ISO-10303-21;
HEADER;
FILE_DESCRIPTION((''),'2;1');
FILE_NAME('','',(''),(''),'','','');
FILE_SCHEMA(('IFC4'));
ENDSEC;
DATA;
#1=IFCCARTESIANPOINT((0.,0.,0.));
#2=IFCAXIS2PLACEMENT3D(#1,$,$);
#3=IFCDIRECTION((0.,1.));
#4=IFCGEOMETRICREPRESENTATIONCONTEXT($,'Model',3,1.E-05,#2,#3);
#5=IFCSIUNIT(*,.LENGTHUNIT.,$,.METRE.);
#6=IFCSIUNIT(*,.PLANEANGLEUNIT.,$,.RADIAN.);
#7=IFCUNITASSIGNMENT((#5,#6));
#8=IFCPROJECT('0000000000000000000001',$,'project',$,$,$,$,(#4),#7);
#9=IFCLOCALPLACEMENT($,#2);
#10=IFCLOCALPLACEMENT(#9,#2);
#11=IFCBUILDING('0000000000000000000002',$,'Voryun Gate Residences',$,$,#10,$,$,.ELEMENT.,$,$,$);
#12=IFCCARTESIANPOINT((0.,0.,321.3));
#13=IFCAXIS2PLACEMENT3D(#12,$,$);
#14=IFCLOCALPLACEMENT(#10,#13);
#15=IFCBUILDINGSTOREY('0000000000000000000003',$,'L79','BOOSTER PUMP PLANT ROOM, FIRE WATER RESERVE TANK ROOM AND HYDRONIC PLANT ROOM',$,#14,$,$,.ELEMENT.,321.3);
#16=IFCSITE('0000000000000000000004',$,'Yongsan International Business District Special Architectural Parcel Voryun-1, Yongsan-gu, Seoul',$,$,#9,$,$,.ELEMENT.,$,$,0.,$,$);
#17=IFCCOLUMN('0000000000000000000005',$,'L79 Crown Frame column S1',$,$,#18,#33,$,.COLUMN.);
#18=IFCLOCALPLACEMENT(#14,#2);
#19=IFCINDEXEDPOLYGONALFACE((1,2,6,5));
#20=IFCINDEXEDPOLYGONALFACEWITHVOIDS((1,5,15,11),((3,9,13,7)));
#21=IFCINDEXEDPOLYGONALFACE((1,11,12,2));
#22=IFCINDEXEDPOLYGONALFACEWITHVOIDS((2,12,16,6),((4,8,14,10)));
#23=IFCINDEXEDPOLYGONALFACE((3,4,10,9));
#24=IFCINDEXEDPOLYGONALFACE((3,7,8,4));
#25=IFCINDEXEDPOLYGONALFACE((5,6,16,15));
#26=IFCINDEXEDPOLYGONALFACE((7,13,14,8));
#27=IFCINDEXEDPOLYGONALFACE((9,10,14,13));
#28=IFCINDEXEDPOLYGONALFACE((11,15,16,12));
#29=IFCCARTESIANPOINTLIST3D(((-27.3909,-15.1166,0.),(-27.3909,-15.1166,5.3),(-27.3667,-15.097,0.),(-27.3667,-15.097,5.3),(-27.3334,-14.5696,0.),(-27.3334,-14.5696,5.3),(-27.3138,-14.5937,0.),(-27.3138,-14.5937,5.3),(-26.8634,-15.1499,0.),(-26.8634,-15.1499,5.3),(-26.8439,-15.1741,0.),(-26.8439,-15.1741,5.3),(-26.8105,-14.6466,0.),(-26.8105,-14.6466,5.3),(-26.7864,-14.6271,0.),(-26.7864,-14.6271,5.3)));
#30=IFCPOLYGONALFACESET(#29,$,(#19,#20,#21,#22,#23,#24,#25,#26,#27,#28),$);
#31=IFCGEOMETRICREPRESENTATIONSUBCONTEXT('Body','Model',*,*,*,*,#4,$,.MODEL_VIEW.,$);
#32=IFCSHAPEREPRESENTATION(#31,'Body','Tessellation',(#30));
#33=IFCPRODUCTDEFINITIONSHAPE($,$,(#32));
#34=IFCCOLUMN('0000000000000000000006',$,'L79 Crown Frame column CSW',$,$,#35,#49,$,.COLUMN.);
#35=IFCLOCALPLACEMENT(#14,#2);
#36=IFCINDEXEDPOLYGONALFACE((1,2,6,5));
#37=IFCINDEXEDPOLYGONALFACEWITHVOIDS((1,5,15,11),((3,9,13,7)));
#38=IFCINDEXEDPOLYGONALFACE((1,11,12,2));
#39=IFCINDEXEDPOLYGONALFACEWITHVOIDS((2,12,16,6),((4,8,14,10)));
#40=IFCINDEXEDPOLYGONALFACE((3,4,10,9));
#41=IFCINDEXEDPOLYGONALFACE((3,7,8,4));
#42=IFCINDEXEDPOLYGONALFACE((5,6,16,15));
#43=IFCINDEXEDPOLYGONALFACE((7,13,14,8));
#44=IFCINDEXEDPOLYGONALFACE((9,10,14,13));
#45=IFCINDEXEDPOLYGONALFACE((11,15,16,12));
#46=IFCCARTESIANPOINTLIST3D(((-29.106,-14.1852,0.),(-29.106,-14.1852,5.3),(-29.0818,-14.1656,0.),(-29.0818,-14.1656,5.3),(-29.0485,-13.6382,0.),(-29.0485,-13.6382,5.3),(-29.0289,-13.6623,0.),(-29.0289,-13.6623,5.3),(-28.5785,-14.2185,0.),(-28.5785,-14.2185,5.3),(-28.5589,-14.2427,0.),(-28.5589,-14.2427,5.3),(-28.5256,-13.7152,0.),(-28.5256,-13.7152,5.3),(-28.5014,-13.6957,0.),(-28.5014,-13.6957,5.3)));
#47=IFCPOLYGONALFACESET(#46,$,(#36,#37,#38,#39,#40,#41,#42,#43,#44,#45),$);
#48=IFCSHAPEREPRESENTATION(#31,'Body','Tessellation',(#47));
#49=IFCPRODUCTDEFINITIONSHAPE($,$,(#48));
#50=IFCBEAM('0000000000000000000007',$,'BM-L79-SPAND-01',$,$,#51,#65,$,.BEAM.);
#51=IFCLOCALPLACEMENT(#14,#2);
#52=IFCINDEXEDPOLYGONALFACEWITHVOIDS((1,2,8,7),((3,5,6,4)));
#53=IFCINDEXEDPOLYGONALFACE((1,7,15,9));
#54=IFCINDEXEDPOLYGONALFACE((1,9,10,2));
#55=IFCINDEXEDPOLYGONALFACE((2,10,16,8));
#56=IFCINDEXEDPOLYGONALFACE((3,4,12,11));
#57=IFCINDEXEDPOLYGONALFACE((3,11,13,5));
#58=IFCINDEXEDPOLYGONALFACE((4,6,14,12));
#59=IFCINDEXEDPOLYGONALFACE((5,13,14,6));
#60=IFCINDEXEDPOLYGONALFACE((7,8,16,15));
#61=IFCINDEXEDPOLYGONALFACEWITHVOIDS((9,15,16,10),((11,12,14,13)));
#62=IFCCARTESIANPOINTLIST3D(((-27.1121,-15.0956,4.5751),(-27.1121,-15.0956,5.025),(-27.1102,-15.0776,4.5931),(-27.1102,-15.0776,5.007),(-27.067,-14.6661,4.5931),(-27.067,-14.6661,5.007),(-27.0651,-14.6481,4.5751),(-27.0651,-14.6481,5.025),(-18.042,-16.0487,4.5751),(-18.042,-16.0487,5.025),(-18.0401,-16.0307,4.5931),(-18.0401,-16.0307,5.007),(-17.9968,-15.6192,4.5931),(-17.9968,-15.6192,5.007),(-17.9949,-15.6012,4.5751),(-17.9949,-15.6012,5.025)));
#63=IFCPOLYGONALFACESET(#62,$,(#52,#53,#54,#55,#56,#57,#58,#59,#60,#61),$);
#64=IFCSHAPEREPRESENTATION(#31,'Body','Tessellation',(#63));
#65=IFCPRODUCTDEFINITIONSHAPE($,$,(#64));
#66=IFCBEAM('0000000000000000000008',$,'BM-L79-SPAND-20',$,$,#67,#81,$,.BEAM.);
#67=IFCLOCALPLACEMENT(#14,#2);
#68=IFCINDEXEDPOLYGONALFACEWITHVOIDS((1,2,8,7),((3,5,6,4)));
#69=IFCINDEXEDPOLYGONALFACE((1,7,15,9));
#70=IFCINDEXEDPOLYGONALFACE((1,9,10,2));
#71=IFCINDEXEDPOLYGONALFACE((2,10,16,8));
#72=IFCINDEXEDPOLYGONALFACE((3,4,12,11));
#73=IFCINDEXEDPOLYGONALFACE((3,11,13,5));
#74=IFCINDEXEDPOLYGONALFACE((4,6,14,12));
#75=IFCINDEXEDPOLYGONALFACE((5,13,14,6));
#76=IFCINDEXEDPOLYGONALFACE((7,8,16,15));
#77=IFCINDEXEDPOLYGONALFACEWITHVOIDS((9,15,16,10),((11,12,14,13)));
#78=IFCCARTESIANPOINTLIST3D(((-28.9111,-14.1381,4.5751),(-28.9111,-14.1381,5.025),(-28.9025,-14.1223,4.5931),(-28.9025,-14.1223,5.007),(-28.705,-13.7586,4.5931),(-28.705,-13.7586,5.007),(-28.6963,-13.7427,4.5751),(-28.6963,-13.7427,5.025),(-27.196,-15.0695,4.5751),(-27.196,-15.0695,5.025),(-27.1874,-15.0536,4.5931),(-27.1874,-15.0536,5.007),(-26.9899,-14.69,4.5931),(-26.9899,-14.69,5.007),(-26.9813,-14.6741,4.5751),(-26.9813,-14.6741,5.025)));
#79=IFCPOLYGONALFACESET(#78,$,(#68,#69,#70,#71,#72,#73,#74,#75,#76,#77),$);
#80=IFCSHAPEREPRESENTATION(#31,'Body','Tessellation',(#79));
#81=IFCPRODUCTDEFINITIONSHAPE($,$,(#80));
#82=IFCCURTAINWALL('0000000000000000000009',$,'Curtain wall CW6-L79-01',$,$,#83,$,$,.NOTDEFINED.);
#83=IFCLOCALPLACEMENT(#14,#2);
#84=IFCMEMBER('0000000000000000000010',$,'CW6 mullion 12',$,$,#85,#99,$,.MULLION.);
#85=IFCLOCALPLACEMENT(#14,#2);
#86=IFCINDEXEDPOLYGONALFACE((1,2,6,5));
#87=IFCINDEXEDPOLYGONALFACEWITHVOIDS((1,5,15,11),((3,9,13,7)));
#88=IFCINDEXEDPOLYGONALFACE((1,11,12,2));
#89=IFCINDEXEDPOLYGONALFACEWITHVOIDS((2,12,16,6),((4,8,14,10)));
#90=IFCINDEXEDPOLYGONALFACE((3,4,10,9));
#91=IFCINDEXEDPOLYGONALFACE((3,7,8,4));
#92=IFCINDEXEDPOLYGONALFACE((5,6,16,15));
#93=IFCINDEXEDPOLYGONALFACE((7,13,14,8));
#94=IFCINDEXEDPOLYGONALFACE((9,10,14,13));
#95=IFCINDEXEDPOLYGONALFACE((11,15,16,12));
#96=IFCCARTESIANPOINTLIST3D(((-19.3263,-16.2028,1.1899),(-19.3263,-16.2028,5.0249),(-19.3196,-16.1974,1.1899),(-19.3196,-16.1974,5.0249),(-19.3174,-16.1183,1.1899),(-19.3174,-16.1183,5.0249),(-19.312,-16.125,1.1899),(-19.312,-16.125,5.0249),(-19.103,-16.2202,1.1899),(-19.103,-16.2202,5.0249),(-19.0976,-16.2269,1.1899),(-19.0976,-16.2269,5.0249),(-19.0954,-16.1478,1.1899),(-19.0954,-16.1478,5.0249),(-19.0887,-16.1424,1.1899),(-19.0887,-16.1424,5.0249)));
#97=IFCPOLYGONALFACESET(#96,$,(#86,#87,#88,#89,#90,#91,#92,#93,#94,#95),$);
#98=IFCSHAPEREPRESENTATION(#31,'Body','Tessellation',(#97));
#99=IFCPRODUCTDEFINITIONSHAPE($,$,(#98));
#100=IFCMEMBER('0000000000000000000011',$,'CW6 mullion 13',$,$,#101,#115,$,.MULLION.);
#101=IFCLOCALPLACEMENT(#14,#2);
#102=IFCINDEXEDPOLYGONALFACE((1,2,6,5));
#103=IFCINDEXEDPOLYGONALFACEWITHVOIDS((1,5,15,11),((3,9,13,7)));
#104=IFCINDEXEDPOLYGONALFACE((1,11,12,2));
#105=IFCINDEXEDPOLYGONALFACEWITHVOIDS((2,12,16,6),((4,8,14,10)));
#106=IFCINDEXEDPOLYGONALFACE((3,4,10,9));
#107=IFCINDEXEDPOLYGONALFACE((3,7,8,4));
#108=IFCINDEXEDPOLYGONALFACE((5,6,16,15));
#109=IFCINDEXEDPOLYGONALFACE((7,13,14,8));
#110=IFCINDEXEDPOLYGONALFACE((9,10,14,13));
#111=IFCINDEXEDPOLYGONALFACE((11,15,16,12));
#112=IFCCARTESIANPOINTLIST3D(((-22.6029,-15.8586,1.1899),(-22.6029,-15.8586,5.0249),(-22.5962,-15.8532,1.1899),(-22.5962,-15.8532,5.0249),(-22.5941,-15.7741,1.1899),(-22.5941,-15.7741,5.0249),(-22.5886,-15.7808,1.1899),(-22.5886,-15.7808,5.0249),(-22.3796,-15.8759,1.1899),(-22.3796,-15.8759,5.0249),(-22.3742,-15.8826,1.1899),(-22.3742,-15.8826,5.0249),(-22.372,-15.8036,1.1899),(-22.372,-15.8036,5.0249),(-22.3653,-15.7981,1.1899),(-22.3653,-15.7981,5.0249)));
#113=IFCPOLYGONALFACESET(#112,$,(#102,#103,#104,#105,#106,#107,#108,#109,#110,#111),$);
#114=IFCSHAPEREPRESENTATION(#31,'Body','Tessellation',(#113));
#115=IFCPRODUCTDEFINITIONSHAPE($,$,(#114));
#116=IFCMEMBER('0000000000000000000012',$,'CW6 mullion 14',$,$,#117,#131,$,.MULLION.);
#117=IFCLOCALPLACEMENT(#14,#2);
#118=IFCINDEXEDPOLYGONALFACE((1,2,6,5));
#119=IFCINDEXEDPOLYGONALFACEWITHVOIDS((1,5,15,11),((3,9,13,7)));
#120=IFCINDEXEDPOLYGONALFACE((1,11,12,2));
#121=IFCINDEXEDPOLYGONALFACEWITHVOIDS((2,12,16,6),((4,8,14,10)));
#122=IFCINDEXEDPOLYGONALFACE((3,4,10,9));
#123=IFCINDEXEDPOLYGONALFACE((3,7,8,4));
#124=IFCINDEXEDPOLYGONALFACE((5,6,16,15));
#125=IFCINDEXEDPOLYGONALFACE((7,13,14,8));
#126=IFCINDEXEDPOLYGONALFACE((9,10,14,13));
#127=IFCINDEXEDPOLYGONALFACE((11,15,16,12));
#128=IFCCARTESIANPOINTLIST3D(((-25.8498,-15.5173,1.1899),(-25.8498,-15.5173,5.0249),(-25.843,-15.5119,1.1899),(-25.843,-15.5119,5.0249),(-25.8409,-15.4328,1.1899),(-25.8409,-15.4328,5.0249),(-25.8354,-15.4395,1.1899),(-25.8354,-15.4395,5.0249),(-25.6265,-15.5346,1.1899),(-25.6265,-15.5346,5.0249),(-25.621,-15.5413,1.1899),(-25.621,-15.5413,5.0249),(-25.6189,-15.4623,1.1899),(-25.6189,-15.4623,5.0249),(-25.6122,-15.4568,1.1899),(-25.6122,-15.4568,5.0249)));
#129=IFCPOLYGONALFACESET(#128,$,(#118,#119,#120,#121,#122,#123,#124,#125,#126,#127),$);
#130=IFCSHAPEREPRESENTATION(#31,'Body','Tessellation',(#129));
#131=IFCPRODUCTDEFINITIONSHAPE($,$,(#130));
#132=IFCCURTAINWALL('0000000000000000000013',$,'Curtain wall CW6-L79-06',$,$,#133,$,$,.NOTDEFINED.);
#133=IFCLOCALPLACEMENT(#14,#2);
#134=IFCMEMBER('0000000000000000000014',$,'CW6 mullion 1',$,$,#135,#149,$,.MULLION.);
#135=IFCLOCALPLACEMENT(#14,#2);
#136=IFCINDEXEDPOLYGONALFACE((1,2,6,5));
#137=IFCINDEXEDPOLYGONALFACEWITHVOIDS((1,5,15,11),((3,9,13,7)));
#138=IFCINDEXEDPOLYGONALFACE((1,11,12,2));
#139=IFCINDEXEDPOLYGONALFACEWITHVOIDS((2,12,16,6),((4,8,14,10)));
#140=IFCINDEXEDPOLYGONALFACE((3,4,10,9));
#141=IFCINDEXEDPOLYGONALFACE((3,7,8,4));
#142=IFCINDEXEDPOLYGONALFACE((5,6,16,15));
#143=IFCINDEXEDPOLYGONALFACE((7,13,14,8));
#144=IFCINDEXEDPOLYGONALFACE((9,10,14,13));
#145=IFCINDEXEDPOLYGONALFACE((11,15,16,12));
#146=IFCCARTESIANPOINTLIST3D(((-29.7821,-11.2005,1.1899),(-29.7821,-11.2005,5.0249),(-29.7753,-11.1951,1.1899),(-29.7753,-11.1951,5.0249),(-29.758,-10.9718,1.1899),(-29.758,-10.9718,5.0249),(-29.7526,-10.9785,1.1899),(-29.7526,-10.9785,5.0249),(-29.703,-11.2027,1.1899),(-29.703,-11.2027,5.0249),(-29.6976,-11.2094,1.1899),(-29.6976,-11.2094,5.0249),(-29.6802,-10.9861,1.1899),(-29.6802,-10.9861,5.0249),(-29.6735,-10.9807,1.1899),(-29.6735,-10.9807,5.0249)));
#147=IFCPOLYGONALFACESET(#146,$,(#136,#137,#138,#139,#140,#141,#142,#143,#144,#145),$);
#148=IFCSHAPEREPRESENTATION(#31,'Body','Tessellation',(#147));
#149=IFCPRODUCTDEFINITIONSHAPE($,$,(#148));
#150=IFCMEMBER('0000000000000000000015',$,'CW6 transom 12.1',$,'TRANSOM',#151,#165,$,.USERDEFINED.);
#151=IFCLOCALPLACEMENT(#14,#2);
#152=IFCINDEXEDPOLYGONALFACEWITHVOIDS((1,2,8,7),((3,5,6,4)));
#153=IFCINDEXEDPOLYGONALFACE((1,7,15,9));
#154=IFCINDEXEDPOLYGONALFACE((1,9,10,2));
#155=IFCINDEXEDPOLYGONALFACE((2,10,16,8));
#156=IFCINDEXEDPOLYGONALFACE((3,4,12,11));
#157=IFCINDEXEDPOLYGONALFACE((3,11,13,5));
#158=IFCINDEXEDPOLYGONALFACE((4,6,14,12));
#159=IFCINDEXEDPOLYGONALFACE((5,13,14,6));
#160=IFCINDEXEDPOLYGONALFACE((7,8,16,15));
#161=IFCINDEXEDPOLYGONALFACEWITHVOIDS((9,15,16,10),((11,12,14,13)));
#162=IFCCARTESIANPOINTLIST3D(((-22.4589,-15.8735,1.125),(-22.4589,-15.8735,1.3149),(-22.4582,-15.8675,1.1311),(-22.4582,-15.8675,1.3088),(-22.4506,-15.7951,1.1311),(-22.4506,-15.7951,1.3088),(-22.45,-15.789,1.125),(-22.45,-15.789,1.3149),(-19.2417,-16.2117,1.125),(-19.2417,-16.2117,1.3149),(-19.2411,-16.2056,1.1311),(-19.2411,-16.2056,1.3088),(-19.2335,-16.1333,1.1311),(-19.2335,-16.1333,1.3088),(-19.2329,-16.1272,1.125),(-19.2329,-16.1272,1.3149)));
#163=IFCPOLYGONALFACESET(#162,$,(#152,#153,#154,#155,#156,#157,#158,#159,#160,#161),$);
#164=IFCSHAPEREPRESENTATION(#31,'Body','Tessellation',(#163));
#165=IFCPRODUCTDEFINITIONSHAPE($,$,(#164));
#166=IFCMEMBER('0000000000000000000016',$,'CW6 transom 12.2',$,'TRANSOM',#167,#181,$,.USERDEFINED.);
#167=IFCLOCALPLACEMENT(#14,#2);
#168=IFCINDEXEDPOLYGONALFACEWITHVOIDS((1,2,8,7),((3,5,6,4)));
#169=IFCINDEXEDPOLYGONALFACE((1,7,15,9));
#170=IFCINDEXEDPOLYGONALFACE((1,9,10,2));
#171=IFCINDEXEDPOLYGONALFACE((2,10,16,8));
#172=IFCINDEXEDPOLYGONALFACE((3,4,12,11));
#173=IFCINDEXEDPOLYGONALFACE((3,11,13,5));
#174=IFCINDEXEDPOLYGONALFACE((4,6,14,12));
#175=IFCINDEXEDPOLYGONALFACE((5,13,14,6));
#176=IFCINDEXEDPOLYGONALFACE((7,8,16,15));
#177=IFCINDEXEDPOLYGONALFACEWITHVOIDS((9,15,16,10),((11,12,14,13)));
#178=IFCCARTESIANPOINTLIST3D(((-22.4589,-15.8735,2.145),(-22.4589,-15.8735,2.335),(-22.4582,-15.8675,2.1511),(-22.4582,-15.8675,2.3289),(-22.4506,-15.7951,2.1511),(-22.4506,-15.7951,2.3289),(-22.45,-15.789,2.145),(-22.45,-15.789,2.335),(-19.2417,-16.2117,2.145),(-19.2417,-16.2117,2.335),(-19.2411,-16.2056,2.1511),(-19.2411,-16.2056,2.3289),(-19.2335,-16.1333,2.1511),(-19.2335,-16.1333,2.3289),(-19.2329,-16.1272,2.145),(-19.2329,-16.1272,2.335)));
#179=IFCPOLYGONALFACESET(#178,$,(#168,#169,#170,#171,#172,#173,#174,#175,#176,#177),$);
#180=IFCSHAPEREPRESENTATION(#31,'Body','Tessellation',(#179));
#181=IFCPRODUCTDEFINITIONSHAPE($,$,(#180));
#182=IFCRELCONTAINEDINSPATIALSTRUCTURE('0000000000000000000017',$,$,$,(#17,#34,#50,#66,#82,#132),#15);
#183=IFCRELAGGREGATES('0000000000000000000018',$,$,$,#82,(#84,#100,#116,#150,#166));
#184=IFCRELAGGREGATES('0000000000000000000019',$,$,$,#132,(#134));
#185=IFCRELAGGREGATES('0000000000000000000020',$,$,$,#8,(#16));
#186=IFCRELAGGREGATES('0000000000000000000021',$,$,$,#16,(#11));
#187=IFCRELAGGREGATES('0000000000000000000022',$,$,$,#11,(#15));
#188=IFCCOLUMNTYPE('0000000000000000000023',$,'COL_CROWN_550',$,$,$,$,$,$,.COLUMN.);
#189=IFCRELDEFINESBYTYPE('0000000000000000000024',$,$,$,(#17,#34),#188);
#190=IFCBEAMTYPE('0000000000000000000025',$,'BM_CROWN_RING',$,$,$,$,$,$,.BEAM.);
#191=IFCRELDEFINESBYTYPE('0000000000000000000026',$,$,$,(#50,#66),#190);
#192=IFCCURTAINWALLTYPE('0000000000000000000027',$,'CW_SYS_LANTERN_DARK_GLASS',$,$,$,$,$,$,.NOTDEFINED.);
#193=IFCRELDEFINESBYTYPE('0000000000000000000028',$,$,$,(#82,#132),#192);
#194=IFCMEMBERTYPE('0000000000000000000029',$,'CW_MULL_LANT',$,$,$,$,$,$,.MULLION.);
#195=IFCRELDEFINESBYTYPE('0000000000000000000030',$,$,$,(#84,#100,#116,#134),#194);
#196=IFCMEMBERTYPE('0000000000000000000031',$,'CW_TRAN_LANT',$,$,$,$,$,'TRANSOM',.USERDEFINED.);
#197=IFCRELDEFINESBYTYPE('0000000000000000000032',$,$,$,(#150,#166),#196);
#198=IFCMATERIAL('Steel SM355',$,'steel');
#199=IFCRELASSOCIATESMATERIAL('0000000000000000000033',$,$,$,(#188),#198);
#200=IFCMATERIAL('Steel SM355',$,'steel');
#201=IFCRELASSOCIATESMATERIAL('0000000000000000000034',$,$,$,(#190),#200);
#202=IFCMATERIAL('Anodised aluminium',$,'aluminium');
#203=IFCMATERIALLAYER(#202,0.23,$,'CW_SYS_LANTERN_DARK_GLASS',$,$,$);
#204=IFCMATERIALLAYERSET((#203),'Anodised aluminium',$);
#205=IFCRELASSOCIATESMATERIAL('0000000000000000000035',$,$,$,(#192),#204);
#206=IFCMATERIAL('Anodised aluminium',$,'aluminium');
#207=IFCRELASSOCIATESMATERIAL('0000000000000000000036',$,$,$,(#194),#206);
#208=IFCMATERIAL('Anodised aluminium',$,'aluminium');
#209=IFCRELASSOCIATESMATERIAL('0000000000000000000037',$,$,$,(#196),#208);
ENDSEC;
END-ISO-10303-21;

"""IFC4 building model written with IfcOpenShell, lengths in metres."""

from ifc_helpers import new_model, si_unit, direction, frame, origin, origin_2d, place, context, subcontext, project, spatial, hollow_rectangle, extrude, material, layer, layer_set, material_profile, profile_set, type_object, element, aggregate, save


model = new_model("IFC4")

# Units and contexts
model_context = context("Model", 3, precision=1e-05, world=origin(), true_north=direction((0.0, 1.0)))
body_context = subcontext(model_context, "Body", "Model", "MODEL_VIEW")
ifc_project = project(units=[si_unit("LENGTHUNIT", "METRE"), si_unit("PLANEANGLEUNIT", "RADIAN")], contexts=[model_context])

# Site, building, storey
site_placement = place(None, origin())
site = spatial("IfcSite", under=ifc_project, at=site_placement, Name="Yongsan International Business District Special Architectural Parcel Voryun-1, Yongsan-gu, Seoul", CompositionType="ELEMENT", RefElevation=0.0)
building_placement = place(site_placement, origin())
building = spatial("IfcBuilding", under=site, at=building_placement, Name="Voryun Gate Residences", CompositionType="ELEMENT")
storey_placement = place(building_placement, frame((0.0, 0.0, 321.3)))
storey = spatial("IfcBuildingStorey", under=building, at=storey_placement, Name="L79", Description="BOOSTER PUMP PLANT ROOM, FIRE WATER RESERVE TANK ROOM AND HYDRONIC PLANT ROOM", CompositionType="ELEMENT", Elevation=321.3)

# Columns
ifc_material_1 = material(Name="Steel SM355", Category="steel")
ifc_material_profile_1 = material_profile(ifc_material_1, hollow_rectangle(XDim=0.55, YDim=0.55, WallThickness=0.022, at=origin_2d()), Name="BOX-550x550x22")
ifc_profile_set_1 = profile_set([ifc_material_profile_1], Name="Steel SM355")
column_type = type_object("IfcColumnType", Name="COL_CROWN_550", PredefinedType="COLUMN", material=ifc_profile_set_1)
for number, where, z_axis, x_axis, name in (
    (1, (-27.0886, -14.8718, 0.0), (0.0, 0.0, 1.0), (0.994522, -0.104528, 0.0), "L79 Crown Frame column S1"),
    (2, (-28.8037, -13.9404, 0.0), (0.0, 0.0, 1.0), (0.994522, -0.104528, 0.0), "L79 Crown Frame column CSW"),
):
    element("IfcColumn", number, at=place(storey_placement, frame(where, z_axis=z_axis, x_axis=x_axis)), inside=storey, type_object=column_type, Name=name, PredefinedType="COLUMN", context=body_context, shape_type="SweptSolid", body=[
        extrude(hollow_rectangle(XDim=0.55, YDim=0.55, WallThickness=0.022, at=origin_2d()), origin(), (0.0, 0.0, 1.0), 5.3),
    ])

# Beams
ifc_material_2 = material(Name="Steel SM355", Category="steel")
ifc_material_profile_2 = material_profile(ifc_material_2, hollow_rectangle(XDim=0.45, YDim=0.45, WallThickness=0.0181, at=origin_2d()), Name="BOX-450x450x18")
ifc_profile_set_2 = profile_set([ifc_material_profile_2], Name="Steel SM355")
beam_type = type_object("IfcBeamType", Name="BM_CROWN_RING", PredefinedType="BEAM", material=ifc_profile_set_2)
beam_1_placement = place(storey_placement, frame((-27.0886, -14.8718, 4.8), z_axis=(0.994524, -0.104509, 0.0), x_axis=(0.104509, 0.994524, 0.0)))
element("IfcBeam", 3, at=beam_1_placement, inside=storey, type_object=beam_type, Name="BM-L79-SPAND-01", PredefinedType="BEAM", context=body_context, shape_type="SweptSolid", body=[
    extrude(hollow_rectangle(XDim=0.45, YDim=0.45, WallThickness=0.0181, at=origin_2d()), origin(), (0.0, 0.0, 1.0), 9.1201),
])
beam_2_placement = place(storey_placement, frame((-28.8037, -13.9404, 4.8), z_axis=(0.878778, -0.47723, 0.0), x_axis=(0.47723, 0.878778, 0.0)))
element("IfcBeam", 4, at=beam_2_placement, inside=storey, type_object=beam_type, Name="BM-L79-SPAND-20", PredefinedType="BEAM", context=body_context, shape_type="SweptSolid", body=[
    extrude(hollow_rectangle(XDim=0.45, YDim=0.45, WallThickness=0.0181, at=origin_2d()), origin(), (0.0, 0.0, 1.0), 1.9517),
])

# Curtain wall, members
ifc_material_3 = material(Name="Anodised aluminium", Category="aluminium")
ifc_layer_1 = layer(ifc_material_3, 0.23, Name="CW_SYS_LANTERN_DARK_GLASS")
ifc_layer_set_1 = layer_set([ifc_layer_1], Name="Anodised aluminium")
curtain_wall_type = type_object("IfcCurtainWallType", Name="CW_SYS_LANTERN_DARK_GLASS", PredefinedType="NOTDEFINED", material=ifc_layer_set_1)
curtain_wall_1_placement = place(storey_placement, origin())
curtain_wall_1 = element("IfcCurtainWall", 5, at=curtain_wall_1_placement, inside=storey, type_object=curtain_wall_type, Name="Curtain wall CW6-L79-01", PredefinedType="NOTDEFINED")
ifc_material_4 = material(Name="Anodised aluminium", Category="aluminium")
ifc_material_profile_3 = material_profile(ifc_material_4, hollow_rectangle(XDim=0.085, YDim=0.23, WallThickness=0.0061, at=origin_2d()), Name="ALU-MULL-230x85x6")
ifc_profile_set_3 = profile_set([ifc_material_profile_3], Name="Anodised aluminium")
member_type_1 = type_object("IfcMemberType", Name="CW_MULL_LANT", PredefinedType="MULLION", material=ifc_profile_set_3)
member_1_placement = place(storey_placement, frame((-19.2075, -16.1726, 1.1899), z_axis=(0.0, 0.0, 1.0), x_axis=(-0.104528, -0.994522, 0.0)))
member_1 = element("IfcMember", 6, at=member_1_placement, type_object=member_type_1, Name="CW6 mullion 12", PredefinedType="MULLION", context=body_context, shape_type="SweptSolid", body=[
    extrude(hollow_rectangle(XDim=0.085, YDim=0.23, WallThickness=0.0061, at=origin_2d()), origin(), (0.0, 0.0, 1.0), 3.835),
])
member_2_placement = place(storey_placement, frame((-22.4841, -15.8284, 1.1899), z_axis=(0.0, 0.0, 1.0), x_axis=(-0.104528, -0.994522, 0.0)))
member_2 = element("IfcMember", 7, at=member_2_placement, type_object=member_type_1, Name="CW6 mullion 13", PredefinedType="MULLION", context=body_context, shape_type="SweptSolid", body=[
    extrude(hollow_rectangle(XDim=0.085, YDim=0.23, WallThickness=0.0061, at=origin_2d()), origin(), (0.0, 0.0, 1.0), 3.835),
])
member_3_placement = place(storey_placement, frame((-25.731, -15.4871, 1.1899), z_axis=(0.0, 0.0, 1.0), x_axis=(-0.104528, -0.994522, 0.0)))
member_3 = element("IfcMember", 8, at=member_3_placement, type_object=member_type_1, Name="CW6 mullion 14", PredefinedType="MULLION", context=body_context, shape_type="SweptSolid", body=[
    extrude(hollow_rectangle(XDim=0.085, YDim=0.23, WallThickness=0.0061, at=origin_2d()), origin(), (0.0, 0.0, 1.0), 3.835),
])

# Curtain wall, member
curtain_wall_2_placement = place(storey_placement, origin())
curtain_wall_2 = element("IfcCurtainWall", 9, at=curtain_wall_2_placement, inside=storey, type_object=curtain_wall_type, Name="Curtain wall CW6-L79-06", PredefinedType="NOTDEFINED")
member_4_placement = place(storey_placement, frame((-29.7278, -11.0906, 1.1899), z_axis=(0.0, 0.0, 1.0), x_axis=(-0.994522, 0.104528, 0.0)))
member_4 = element("IfcMember", 10, at=member_4_placement, type_object=member_type_1, Name="CW6 mullion 1", PredefinedType="MULLION", context=body_context, shape_type="SweptSolid", body=[
    extrude(hollow_rectangle(XDim=0.085, YDim=0.23, WallThickness=0.0061, at=origin_2d()), origin(), (0.0, 0.0, 1.0), 3.835),
])

# Members
ifc_material_5 = material(Name="Anodised aluminium", Category="aluminium")
ifc_material_profile_4 = material_profile(ifc_material_5, hollow_rectangle(XDim=0.085, YDim=0.1899, WallThickness=0.0061, at=origin_2d()), Name="ALU-TRAN-190x85x6")
ifc_profile_set_4 = profile_set([ifc_material_profile_4], Name="Anodised aluminium")
member_type_2 = type_object("IfcMemberType", Name="CW_TRAN_LANT", ElementType="TRANSOM", PredefinedType="USERDEFINED", material=ifc_profile_set_4)
member_5_placement = place(storey_placement, frame((-19.2373, -16.1694, 1.22), z_axis=(-0.994522, 0.104532, 0.0), x_axis=(-0.104532, -0.994522, 0.0)))
member_5 = element("IfcMember", 11, at=member_5_placement, type_object=member_type_2, Name="CW6 transom 12.1", ObjectType="TRANSOM", PredefinedType="USERDEFINED", context=body_context, shape_type="SweptSolid", body=[
    extrude(hollow_rectangle(XDim=0.085, YDim=0.1899, WallThickness=0.0061, at=origin_2d()), origin(), (0.0, 0.0, 1.0), 3.2349),
])
member_6_placement = place(storey_placement, frame((-19.2373, -16.1694, 2.24), z_axis=(-0.994522, 0.104532, 0.0), x_axis=(-0.104532, -0.994522, 0.0)))
member_6 = element("IfcMember", 12, at=member_6_placement, type_object=member_type_2, Name="CW6 transom 12.2", ObjectType="TRANSOM", PredefinedType="USERDEFINED", context=body_context, shape_type="SweptSolid", body=[
    extrude(hollow_rectangle(XDim=0.085, YDim=0.1899, WallThickness=0.0061, at=origin_2d()), origin(), (0.0, 0.0, 1.0), 3.2349),
])

aggregate(curtain_wall_1, [member_1, member_2, member_3, member_5, member_6])
aggregate(curtain_wall_2, [member_4])

save(model, "model.ifc")
